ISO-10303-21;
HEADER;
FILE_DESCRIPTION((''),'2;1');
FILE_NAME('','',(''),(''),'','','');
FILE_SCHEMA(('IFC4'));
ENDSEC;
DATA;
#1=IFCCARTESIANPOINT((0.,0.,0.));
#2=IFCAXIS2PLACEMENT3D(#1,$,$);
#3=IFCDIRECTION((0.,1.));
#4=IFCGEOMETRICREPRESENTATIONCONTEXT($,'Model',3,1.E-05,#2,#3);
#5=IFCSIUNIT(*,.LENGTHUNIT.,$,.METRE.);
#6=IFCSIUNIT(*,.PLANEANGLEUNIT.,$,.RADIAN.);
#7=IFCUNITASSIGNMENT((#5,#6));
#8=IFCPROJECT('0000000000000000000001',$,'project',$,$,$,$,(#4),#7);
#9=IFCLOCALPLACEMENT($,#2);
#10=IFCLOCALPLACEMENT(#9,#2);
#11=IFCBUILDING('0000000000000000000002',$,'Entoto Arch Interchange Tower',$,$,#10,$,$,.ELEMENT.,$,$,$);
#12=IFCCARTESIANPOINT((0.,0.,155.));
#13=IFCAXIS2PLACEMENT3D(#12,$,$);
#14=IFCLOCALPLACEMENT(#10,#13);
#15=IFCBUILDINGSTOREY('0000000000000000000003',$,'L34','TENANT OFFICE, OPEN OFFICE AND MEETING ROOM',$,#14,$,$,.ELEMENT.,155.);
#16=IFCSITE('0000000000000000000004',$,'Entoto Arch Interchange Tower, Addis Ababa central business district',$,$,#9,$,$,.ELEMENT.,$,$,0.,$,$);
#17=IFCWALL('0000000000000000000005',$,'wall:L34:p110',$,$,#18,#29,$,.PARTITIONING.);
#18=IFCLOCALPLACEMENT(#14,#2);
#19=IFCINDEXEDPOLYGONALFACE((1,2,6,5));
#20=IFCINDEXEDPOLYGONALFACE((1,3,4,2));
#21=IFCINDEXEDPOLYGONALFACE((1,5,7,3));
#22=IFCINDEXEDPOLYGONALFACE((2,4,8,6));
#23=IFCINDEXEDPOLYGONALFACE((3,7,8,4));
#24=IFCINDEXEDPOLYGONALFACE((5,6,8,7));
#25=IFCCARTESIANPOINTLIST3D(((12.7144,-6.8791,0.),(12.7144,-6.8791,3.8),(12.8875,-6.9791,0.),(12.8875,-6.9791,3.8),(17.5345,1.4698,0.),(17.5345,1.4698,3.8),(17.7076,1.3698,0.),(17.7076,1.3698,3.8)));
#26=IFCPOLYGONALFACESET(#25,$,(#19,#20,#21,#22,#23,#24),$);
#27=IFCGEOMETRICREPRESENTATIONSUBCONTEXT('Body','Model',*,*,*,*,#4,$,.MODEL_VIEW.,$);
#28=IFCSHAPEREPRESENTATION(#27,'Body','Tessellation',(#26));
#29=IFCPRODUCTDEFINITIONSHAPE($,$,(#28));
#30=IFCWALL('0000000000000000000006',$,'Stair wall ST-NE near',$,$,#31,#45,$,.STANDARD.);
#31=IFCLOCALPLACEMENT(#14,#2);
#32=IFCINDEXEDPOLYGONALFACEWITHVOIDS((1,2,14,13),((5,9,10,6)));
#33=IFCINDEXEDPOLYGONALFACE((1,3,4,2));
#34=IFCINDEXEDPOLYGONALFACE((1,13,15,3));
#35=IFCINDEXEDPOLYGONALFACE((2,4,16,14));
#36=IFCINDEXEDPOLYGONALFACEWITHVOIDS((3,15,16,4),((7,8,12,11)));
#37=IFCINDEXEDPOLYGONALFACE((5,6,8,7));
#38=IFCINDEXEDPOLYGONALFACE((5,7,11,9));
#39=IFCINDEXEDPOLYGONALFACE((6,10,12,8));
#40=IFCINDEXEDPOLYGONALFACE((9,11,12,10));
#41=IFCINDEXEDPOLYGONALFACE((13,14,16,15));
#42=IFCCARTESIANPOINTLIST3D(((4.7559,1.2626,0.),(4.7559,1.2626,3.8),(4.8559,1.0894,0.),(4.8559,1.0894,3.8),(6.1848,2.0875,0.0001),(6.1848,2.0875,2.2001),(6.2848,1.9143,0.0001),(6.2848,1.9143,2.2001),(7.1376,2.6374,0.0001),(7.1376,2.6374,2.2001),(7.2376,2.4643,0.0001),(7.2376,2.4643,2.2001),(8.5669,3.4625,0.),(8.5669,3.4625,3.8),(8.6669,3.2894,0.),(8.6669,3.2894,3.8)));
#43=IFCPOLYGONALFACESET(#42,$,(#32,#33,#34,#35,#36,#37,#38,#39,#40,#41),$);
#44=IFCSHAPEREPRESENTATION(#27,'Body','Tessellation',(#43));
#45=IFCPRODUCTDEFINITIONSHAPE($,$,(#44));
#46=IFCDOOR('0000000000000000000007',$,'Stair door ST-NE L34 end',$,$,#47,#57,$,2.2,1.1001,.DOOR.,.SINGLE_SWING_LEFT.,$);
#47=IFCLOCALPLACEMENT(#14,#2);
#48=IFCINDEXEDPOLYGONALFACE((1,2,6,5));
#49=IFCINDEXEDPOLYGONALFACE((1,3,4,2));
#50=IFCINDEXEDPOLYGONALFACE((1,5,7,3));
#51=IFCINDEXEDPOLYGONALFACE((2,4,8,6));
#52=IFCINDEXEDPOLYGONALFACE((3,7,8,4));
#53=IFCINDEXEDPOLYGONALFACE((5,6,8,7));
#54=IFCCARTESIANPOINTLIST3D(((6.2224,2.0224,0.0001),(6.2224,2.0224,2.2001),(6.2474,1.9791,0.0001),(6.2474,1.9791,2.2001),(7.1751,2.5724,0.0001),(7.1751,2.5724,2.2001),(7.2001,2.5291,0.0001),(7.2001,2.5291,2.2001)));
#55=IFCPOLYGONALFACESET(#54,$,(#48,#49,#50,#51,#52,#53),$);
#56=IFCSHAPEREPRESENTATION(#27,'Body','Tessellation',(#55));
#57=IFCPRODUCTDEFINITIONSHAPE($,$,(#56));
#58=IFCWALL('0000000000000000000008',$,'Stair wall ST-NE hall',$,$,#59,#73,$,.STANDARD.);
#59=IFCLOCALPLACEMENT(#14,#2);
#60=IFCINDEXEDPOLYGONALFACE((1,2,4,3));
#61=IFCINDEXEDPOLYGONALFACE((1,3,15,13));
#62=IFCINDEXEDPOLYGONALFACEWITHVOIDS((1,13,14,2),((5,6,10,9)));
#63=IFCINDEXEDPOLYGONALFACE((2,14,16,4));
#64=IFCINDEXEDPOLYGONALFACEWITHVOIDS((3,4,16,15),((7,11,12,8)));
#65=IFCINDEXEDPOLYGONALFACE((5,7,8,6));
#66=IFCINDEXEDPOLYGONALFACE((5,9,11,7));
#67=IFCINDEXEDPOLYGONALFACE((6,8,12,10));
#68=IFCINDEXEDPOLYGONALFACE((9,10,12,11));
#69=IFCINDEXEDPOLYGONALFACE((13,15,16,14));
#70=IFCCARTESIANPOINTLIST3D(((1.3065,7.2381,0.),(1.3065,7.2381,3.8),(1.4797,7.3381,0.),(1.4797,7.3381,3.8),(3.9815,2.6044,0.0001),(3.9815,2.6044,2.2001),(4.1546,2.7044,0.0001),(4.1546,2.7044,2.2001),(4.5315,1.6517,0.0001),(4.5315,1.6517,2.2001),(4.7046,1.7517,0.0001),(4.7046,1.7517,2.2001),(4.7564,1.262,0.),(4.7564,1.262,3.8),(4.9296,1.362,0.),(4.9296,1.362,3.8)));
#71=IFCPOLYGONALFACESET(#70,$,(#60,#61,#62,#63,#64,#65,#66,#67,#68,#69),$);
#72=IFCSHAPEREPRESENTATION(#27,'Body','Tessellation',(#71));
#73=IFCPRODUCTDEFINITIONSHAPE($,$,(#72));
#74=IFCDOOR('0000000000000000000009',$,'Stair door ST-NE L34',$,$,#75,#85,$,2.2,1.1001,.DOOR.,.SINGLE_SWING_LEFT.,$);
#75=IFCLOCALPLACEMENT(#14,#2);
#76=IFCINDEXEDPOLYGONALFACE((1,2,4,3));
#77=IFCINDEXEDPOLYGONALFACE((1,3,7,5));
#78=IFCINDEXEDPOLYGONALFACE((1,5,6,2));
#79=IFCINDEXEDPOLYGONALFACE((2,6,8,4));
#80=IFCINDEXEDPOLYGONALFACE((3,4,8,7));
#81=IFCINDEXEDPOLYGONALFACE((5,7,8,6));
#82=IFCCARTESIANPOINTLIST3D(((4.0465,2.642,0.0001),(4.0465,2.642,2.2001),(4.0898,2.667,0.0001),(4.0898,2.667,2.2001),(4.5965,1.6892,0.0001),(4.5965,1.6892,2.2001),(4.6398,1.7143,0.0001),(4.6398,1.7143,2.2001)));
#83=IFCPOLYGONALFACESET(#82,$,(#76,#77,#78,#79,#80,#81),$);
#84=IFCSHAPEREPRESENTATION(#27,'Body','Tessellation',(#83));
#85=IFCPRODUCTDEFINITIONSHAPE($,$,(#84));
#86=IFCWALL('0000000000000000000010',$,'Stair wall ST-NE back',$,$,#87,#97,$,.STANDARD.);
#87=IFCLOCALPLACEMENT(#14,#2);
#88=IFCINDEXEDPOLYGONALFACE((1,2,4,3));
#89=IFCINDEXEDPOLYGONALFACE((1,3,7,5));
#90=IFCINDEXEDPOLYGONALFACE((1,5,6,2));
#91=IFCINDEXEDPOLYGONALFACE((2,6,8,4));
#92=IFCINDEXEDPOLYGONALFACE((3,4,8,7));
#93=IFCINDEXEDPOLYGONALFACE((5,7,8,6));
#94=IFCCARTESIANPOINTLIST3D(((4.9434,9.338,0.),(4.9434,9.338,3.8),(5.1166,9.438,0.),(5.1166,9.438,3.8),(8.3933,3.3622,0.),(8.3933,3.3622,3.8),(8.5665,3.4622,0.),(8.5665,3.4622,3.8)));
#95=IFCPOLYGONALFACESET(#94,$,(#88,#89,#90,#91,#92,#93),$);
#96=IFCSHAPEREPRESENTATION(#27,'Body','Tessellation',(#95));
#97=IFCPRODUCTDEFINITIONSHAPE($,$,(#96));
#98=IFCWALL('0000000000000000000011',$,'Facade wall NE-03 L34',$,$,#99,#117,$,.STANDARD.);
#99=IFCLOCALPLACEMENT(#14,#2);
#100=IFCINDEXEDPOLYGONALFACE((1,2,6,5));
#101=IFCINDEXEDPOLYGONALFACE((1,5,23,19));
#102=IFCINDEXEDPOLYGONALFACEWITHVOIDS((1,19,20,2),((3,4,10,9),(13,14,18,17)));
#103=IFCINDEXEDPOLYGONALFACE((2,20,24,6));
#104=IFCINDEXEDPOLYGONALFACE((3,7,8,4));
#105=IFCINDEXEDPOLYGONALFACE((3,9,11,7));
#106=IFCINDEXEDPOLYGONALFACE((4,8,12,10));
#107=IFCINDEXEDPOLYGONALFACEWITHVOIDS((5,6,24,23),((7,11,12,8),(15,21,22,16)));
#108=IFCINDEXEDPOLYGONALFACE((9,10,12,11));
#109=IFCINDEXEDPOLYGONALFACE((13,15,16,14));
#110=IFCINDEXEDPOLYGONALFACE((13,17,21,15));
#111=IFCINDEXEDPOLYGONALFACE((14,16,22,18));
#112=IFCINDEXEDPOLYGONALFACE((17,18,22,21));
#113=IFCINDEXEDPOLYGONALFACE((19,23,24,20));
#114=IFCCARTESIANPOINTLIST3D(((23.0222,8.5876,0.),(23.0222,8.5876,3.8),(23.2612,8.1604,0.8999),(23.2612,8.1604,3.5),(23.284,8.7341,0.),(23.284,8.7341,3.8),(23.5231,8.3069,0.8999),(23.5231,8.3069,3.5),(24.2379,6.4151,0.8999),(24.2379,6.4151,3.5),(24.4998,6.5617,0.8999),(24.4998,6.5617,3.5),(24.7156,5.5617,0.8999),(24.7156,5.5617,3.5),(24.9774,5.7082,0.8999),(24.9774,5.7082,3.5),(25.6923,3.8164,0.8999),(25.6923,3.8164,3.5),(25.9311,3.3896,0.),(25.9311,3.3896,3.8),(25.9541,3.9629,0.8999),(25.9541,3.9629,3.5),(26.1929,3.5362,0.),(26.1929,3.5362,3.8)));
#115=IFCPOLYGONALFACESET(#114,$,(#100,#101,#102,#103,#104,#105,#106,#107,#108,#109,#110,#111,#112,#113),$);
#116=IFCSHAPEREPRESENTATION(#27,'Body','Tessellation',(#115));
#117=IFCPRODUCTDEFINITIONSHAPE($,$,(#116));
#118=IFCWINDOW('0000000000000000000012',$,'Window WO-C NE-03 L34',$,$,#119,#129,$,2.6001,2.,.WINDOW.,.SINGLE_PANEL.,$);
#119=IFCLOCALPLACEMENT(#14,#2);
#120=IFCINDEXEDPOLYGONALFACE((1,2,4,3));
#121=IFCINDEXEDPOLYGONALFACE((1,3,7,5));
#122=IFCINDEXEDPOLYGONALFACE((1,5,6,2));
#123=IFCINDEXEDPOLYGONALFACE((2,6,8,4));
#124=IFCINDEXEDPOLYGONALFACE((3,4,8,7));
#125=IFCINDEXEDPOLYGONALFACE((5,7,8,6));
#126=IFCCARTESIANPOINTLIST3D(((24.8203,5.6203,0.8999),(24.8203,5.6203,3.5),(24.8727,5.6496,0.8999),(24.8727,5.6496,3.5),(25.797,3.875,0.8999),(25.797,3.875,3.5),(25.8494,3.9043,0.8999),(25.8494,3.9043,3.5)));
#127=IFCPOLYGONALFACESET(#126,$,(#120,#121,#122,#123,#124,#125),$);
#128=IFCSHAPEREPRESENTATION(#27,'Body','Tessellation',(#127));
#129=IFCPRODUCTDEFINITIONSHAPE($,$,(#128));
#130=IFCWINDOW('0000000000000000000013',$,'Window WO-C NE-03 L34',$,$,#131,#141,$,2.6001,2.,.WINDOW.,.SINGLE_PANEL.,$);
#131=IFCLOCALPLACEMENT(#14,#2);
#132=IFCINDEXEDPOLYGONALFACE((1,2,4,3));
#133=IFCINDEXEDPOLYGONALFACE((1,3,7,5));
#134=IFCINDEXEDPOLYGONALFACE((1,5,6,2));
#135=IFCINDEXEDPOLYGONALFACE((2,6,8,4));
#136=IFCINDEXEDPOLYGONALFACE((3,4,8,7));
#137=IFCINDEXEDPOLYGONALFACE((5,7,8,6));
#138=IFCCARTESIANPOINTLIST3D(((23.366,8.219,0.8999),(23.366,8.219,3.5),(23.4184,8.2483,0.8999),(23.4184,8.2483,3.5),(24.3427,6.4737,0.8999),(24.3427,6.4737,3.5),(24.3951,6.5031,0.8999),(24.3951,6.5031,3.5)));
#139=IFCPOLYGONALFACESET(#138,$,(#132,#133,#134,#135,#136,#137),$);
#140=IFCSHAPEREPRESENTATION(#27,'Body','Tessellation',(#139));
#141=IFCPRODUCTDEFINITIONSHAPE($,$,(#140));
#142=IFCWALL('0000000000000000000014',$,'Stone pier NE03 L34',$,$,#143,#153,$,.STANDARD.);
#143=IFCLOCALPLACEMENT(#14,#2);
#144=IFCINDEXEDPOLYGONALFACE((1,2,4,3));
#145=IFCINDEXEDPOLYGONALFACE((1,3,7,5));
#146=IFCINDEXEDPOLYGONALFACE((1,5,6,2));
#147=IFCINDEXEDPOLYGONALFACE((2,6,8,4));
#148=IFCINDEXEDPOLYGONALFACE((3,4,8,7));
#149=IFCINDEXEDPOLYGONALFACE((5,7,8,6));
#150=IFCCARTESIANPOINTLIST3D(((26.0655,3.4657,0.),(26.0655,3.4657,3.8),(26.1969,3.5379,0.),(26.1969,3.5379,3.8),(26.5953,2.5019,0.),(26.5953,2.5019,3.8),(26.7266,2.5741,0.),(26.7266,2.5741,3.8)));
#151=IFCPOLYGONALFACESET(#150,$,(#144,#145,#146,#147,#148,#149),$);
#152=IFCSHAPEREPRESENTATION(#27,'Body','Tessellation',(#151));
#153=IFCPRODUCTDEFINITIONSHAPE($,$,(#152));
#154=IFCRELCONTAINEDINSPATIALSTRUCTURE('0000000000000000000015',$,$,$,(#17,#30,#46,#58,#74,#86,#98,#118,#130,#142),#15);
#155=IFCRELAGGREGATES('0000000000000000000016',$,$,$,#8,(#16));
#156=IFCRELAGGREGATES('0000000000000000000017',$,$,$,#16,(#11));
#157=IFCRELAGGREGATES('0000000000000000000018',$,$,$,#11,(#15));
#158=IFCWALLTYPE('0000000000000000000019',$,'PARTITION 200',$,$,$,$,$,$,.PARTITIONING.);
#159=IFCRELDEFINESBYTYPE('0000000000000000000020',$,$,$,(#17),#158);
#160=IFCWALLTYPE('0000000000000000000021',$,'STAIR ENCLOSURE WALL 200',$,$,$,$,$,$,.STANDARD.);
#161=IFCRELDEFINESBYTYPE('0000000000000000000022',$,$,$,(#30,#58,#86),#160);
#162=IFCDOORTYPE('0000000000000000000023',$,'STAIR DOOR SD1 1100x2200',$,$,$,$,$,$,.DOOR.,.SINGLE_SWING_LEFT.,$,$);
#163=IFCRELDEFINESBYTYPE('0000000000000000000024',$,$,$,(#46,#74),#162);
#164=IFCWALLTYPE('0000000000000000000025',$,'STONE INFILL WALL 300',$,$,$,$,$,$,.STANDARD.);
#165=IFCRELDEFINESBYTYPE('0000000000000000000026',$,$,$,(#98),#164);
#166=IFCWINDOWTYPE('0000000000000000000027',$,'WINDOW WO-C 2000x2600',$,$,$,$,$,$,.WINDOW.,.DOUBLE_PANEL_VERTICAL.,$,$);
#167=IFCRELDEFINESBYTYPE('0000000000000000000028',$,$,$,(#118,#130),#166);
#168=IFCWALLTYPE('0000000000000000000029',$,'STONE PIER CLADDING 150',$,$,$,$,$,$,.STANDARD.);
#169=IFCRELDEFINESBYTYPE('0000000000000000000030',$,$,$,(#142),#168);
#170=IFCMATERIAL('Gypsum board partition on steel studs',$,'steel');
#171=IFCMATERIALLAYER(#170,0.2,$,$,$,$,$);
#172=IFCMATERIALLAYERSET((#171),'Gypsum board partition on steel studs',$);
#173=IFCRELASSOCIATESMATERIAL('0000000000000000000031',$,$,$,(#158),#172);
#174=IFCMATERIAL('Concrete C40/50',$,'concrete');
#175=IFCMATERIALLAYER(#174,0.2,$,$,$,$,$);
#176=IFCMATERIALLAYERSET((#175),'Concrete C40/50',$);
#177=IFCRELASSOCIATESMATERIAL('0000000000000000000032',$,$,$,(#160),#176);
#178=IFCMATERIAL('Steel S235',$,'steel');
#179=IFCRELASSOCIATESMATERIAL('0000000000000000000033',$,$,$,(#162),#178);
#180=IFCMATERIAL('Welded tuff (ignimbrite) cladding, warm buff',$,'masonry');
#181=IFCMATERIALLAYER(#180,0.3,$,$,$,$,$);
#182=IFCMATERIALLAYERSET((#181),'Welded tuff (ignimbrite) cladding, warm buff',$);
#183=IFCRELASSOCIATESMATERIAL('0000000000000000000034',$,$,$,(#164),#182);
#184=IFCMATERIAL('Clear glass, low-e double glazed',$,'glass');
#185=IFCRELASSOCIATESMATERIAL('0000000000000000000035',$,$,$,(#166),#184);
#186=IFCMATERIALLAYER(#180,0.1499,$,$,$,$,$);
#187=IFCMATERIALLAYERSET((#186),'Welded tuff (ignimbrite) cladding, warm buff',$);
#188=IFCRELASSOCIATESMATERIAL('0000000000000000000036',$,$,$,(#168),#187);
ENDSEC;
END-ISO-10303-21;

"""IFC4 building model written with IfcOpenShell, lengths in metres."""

from ifc_helpers import new_model, si_unit, direction, frame, frame_2d, origin, place, context, subcontext, project, spatial, rectangle, extrude, material, layer, layer_set, type_object, element, fill, save


model = new_model("IFC4")

# Units and contexts
model_context = context("Model", 3, precision=1e-05, world=origin(), true_north=direction((0.0, 1.0)))
body_context = subcontext(model_context, "Body", "Model", "MODEL_VIEW")
ifc_project = project(units=[si_unit("LENGTHUNIT", "METRE"), si_unit("PLANEANGLEUNIT", "RADIAN")], contexts=[model_context])

# Site, building, storey
site_placement = place(None, origin())
site = spatial("IfcSite", under=ifc_project, at=site_placement, Name="Entoto Arch Interchange Tower, Addis Ababa central business district", CompositionType="ELEMENT", RefElevation=0.0)
building_placement = place(site_placement, origin())
building = spatial("IfcBuilding", under=site, at=building_placement, Name="Entoto Arch Interchange Tower", CompositionType="ELEMENT")
storey_placement = place(building_placement, frame((0.0, 0.0, 155.0)))
storey = spatial("IfcBuildingStorey", under=building, at=storey_placement, Name="L34", Description="TENANT OFFICE, OPEN OFFICE AND MEETING ROOM", CompositionType="ELEMENT", Elevation=155.0)

# Shared definitions
ifc_material_1 = material(Name="Concrete C40/50", Category="concrete")

# Shared definitions
ifc_material_2 = material(Name="Gypsum board partition on steel studs", Category="steel")
ifc_layer_1 = layer(ifc_material_2, 0.2)
ifc_layer_set_1 = layer_set([ifc_layer_1], Name="Gypsum board partition on steel studs")
wall_type_1 = type_object("IfcWallType", Name="PARTITION 200", PredefinedType="PARTITIONING", material=ifc_layer_set_1)

# Wall
wall_1_placement = place(storey_placement, frame((17.6211, 1.4199, 0.0), z_axis=(0.0, 0.0, 1.0), x_axis=(-0.499988, -0.866033, 0.0)))
element("IfcWall", 1, at=wall_1_placement, inside=storey, type_object=wall_type_1, Name="wall:L34:p110", PredefinedType="PARTITIONING", context=body_context, shape_type="SweptSolid", body=[
    extrude(rectangle(XDim=9.6404, YDim=0.2, at=frame_2d((4.8203, 0.0))), origin(), (0.0, 0.0, 1.0), 3.8),
])

# Walls, openings, doors
ifc_layer_2 = layer(ifc_material_1, 0.2)
ifc_layer_set_2 = layer_set([ifc_layer_2], Name="Concrete C40/50")
wall_type_2 = type_object("IfcWallType", Name="STAIR ENCLOSURE WALL 200", PredefinedType="STANDARD", material=ifc_layer_set_2)
wall_2_placement = place(storey_placement, frame((4.8059, 1.176, 0.0), z_axis=(0.0, 0.0, 1.0), x_axis=(0.86606, 0.49994, 0.0)))
wall_2 = element("IfcWall", 2, at=wall_2_placement, inside=storey, type_object=wall_type_2, Name="Stair wall ST-NE near", PredefinedType="STANDARD", context=body_context, shape_type="SweptSolid", body=[
    extrude(rectangle(XDim=4.4004, YDim=0.2, at=frame_2d((2.2002, 0.0))), origin(), (0.0, 0.0, 1.0), 3.8),
])
opening_1_placement = place(wall_2_placement, frame((1.6499, 0.0, 0.0)))
opening_1 = element("IfcOpeningElement", 3, at=opening_1_placement, cuts=wall_2, PredefinedType="OPENING", context=body_context, shape_type="SweptSolid", body=[
    extrude(rectangle(XDim=1.1001, YDim=2.2, at=frame_2d((0.55, 1.1001))), frame((0.0, 0.1099, 0.0), z_axis=(0.0, -1.0, 0.0), x_axis=(1.0, 0.0, 0.0)), (0.0, 0.0, 1.0), 0.22),
])
ifc_material_3 = material(Name="Steel S235", Category="steel")
door_type_1 = type_object("IfcDoorType", Name="STAIR DOOR SD1 1100x2200", OperationType="SINGLE_SWING_LEFT", PredefinedType="DOOR", material=ifc_material_3)
door_1_placement = place(opening_1_placement, origin())
door_1 = element("IfcDoor", 4, at=door_1_placement, inside=storey, type_object=door_type_1, Name="Stair door ST-NE L34 end", OperationType="SINGLE_SWING_LEFT", OverallHeight=2.2, OverallWidth=1.1001, PredefinedType="DOOR", context=body_context, shape_type="SweptSolid", body=[
    extrude(rectangle(XDim=1.1001, YDim=2.2, at=frame_2d((0.55, 1.1001))), frame((0.0, 0.0249, 0.0), z_axis=(0.0, -1.0, 0.0), x_axis=(1.0, 0.0, 0.0)), (0.0, 0.0, 1.0), 0.05),
])
fill(opening_1, door_1)
wall_3_placement = place(storey_placement, frame((4.843, 1.312, 0.0), z_axis=(0.0, 0.0, 1.0), x_axis=(-0.499963, 0.866047, 0.0)))
wall_3 = element("IfcWall", 5, at=wall_3_placement, inside=storey, type_object=wall_type_2, Name="Stair wall ST-NE hall", PredefinedType="STANDARD", context=body_context, shape_type="SweptSolid", body=[
    extrude(rectangle(XDim=6.9004, YDim=0.2, at=frame_2d((3.4502, 0.0))), origin(), (0.0, 0.0, 1.0), 3.8),
])
opening_2_placement = place(wall_3_placement, frame((0.45, 0.0, 0.0)))
opening_2 = element("IfcOpeningElement", 6, at=opening_2_placement, cuts=wall_3, PredefinedType="OPENING", context=body_context, shape_type="SweptSolid", body=[
    extrude(rectangle(XDim=1.1001, YDim=2.2, at=frame_2d((0.55, 1.1001))), frame((0.0, 0.1099, 0.0), z_axis=(0.0, -1.0, 0.0), x_axis=(1.0, 0.0, 0.0)), (0.0, 0.0, 1.0), 0.22),
])
door_2_placement = place(opening_2_placement, origin())
door_2 = element("IfcDoor", 7, at=door_2_placement, inside=storey, type_object=door_type_1, Name="Stair door ST-NE L34", OperationType="SINGLE_SWING_LEFT", OverallHeight=2.2, OverallWidth=1.1001, PredefinedType="DOOR", context=body_context, shape_type="SweptSolid", body=[
    extrude(rectangle(XDim=1.1001, YDim=2.2, at=frame_2d((0.55, 1.1001))), frame((0.0, 0.0249, 0.0), z_axis=(0.0, -1.0, 0.0), x_axis=(1.0, 0.0, 0.0)), (0.0, 0.0, 1.0), 0.05),
])
fill(opening_2, door_2)

# Wall
wall_4_placement = place(storey_placement, frame((8.48, 3.4121, 0.0), z_axis=(0.0, 0.0, 1.0), x_axis=(-0.499979, 0.866038, 0.0)))
element("IfcWall", 8, at=wall_4_placement, inside=storey, type_object=wall_type_2, Name="Stair wall ST-NE back", PredefinedType="STANDARD", context=body_context, shape_type="SweptSolid", body=[
    extrude(rectangle(XDim=6.9001, YDim=0.2, at=frame_2d((3.4502, 0.0))), origin(), (0.0, 0.0, 1.0), 3.8),
])

# Wall, openings, windows
ifc_material_4 = material(Name="Welded tuff (ignimbrite) cladding, warm buff", Category="masonry")
ifc_layer_3 = layer(ifc_material_4, 0.3)
ifc_layer_set_3 = layer_set([ifc_layer_3], Name="Welded tuff (ignimbrite) cladding, warm buff")
wall_type_3 = type_object("IfcWallType", Name="STONE INFILL WALL 300", PredefinedType="STANDARD", material=ifc_layer_set_3)
wall_5_placement = place(storey_placement, frame((26.062, 3.4629, 0.0), z_axis=(0.0, 0.0, 1.0), x_axis=(-0.488355, 0.872645, 0.0)))
wall_5 = element("IfcWall", 9, at=wall_5_placement, inside=storey, type_object=wall_type_3, Name="Facade wall NE-03 L34", PredefinedType="STANDARD", context=body_context, shape_type="SweptSolid", body=[
    extrude(rectangle(XDim=5.9565, YDim=0.3, at=frame_2d((2.9783, 0.0))), origin(), (0.0, 0.0, 1.0), 3.8),
])
opening_3_placement = place(wall_5_placement, frame((0.489, 0.0, 0.8999)))
opening_3 = element("IfcOpeningElement", 10, at=opening_3_placement, cuts=wall_5, PredefinedType="OPENING", context=body_context, shape_type="SweptSolid", body=[
    extrude(rectangle(XDim=2.0, YDim=2.6001, at=frame_2d((1.0, 1.3))), frame((0.0, 0.1602, 0.0), z_axis=(0.0, -1.0, 0.0), x_axis=(1.0, 0.0, 0.0)), (0.0, 0.0, 1.0), 0.3201),
])
opening_4_placement = place(wall_5_placement, frame((3.467, 0.0, 0.8999)))
opening_4 = element("IfcOpeningElement", 11, at=opening_4_placement, cuts=wall_5, PredefinedType="OPENING", context=body_context, shape_type="SweptSolid", body=[
    extrude(rectangle(XDim=2.0, YDim=2.6001, at=frame_2d((1.0, 1.3))), frame((0.0, 0.1602, 0.0), z_axis=(0.0, -1.0, 0.0), x_axis=(1.0, 0.0, 0.0)), (0.0, 0.0, 1.0), 0.3201),
])
ifc_material_5 = material(Name="Clear glass, low-e double glazed", Category="glass")
window_type = type_object("IfcWindowType", Name="WINDOW WO-C 2000x2600", PartitioningType="DOUBLE_PANEL_VERTICAL", PredefinedType="WINDOW", material=ifc_material_5)
window_1_placement = place(opening_3_placement, origin())
window_1 = element("IfcWindow", 12, at=window_1_placement, inside=storey, type_object=window_type, Name="Window WO-C NE-03 L34", OverallHeight=2.6001, OverallWidth=2.0, PartitioningType="SINGLE_PANEL", PredefinedType="WINDOW", context=body_context, shape_type="SweptSolid", body=[
    extrude(rectangle(XDim=2.0, YDim=2.6001, at=frame_2d((1.0, 1.3))), frame((0.0, 0.03, 0.0), z_axis=(0.0, -1.0, 0.0), x_axis=(1.0, 0.0, 0.0)), (0.0, 0.0, 1.0), 0.0601),
])
fill(opening_3, window_1)
window_2_placement = place(opening_4_placement, origin())
window_2 = element("IfcWindow", 13, at=window_2_placement, inside=storey, type_object=window_type, Name="Window WO-C NE-03 L34", OverallHeight=2.6001, OverallWidth=2.0, PartitioningType="SINGLE_PANEL", PredefinedType="WINDOW", context=body_context, shape_type="SweptSolid", body=[
    extrude(rectangle(XDim=2.0, YDim=2.6001, at=frame_2d((1.0, 1.3))), frame((0.0, 0.03, 0.0), z_axis=(0.0, -1.0, 0.0), x_axis=(1.0, 0.0, 0.0)), (0.0, 0.0, 1.0), 0.0601),
])
fill(opening_4, window_2)

# Wall
ifc_layer_4 = layer(ifc_material_4, 0.1499)
ifc_layer_set_4 = layer_set([ifc_layer_4], Name="Welded tuff (ignimbrite) cladding, warm buff")
wall_type_4 = type_object("IfcWallType", Name="STONE PIER CLADDING 150", PredefinedType="STANDARD", material=ifc_layer_set_4)
wall_6_placement = place(storey_placement, frame((26.6609, 2.5381, 0.0), z_axis=(0.0, 0.0, 1.0), x_axis=(-0.48168, 0.876347, 0.0)))
element("IfcWall", 14, at=wall_6_placement, inside=storey, type_object=wall_type_4, Name="Stone pier NE03 L34", PredefinedType="STANDARD", context=body_context, shape_type="SweptSolid", body=[
    extrude(rectangle(XDim=1.0999, YDim=0.1499, at=frame_2d((0.5498, 0.0))), origin(), (0.0, 0.0, 1.0), 3.8),
])

save(model, "model.ifc")
